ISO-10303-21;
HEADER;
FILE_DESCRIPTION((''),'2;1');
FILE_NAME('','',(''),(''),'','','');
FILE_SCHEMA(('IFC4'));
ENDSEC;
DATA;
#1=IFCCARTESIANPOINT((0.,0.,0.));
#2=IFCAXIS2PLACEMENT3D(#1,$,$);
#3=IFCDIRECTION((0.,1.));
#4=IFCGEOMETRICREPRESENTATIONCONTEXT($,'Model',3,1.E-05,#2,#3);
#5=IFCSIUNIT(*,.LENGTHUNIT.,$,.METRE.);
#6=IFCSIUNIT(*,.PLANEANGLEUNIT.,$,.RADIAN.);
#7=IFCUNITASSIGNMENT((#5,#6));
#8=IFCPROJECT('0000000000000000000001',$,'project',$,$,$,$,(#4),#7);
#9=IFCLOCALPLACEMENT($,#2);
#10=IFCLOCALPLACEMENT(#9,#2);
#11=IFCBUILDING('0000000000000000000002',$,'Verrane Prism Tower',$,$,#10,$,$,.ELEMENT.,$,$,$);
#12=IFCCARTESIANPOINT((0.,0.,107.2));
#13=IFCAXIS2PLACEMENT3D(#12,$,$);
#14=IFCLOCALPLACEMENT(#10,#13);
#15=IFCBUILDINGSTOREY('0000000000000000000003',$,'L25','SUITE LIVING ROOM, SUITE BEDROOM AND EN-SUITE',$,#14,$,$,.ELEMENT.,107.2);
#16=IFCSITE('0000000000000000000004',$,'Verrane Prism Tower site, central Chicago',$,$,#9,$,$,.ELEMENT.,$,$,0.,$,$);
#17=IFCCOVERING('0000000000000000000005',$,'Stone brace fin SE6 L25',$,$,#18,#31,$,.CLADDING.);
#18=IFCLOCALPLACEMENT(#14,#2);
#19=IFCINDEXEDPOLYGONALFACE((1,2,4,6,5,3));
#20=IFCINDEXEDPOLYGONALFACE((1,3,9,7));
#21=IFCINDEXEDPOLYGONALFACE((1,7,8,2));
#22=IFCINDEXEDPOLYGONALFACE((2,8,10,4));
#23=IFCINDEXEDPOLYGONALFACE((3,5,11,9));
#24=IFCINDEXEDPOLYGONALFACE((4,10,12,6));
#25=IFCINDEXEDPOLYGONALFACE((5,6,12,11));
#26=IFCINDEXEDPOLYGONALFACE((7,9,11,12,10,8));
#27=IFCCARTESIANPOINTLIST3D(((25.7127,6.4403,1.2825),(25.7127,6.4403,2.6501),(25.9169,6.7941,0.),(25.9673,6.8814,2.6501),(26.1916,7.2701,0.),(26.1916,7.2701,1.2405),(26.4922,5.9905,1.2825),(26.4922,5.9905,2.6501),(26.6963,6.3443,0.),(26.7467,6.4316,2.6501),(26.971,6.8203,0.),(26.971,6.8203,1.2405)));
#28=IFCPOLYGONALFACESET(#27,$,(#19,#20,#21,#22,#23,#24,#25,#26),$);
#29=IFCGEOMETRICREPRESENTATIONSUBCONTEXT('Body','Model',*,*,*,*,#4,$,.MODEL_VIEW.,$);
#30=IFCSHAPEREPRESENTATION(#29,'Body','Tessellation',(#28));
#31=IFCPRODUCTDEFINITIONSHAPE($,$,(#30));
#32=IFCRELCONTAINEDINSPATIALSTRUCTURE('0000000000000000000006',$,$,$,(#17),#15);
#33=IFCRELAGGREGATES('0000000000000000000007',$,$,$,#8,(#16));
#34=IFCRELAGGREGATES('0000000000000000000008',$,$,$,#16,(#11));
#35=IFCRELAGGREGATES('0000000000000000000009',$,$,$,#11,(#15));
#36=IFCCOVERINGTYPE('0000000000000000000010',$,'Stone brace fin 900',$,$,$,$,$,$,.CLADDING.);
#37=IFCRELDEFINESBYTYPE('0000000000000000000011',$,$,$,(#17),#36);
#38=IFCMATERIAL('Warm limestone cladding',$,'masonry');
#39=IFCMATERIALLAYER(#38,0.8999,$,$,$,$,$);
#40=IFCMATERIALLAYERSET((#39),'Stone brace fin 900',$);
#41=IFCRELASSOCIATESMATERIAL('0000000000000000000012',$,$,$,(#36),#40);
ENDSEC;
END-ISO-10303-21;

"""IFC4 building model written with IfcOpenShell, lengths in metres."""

from ifc_helpers import new_model, si_unit, direction, frame, origin, place, context, subcontext, project, spatial, polyline, outline, extrude, material, layer, layer_set, type_object, element, save


model = new_model("IFC4")

# Units and contexts
model_context = context("Model", 3, precision=1e-05, world=origin(), true_north=direction((0.0, 1.0)))
body_context = subcontext(model_context, "Body", "Model", "MODEL_VIEW")
ifc_project = project(units=[si_unit("LENGTHUNIT", "METRE"), si_unit("PLANEANGLEUNIT", "RADIAN")], contexts=[model_context])

# Site, building, storey
site_placement = place(None, origin())
site = spatial("IfcSite", under=ifc_project, at=site_placement, Name="Verrane Prism Tower site, central Chicago", CompositionType="ELEMENT", RefElevation=0.0)
building_placement = place(site_placement, origin())
building = spatial("IfcBuilding", under=site, at=building_placement, Name="Verrane Prism Tower", CompositionType="ELEMENT")
storey_placement = place(building_placement, frame((0.0, 0.0, 107.2)))
storey = spatial("IfcBuildingStorey", under=building, at=storey_placement, Name="L25", Description="SUITE LIVING ROOM, SUITE BEDROOM AND EN-SUITE", CompositionType="ELEMENT", Elevation=107.2)

# Covering
ifc_material_1 = material(Name="Warm limestone cladding", Category="masonry")
ifc_layer_1 = layer(ifc_material_1, 0.8999)
ifc_layer_set_1 = layer_set([ifc_layer_1], Name="Stone brace fin 900")
covering_type = type_object("IfcCoveringType", Name="Stone brace fin 900", PredefinedType="CLADDING", material=ifc_layer_set_1)
covering_placement = place(storey_placement, frame((26.5813, 7.0452, 0.0), z_axis=(0.0, 0.0, 1.0), x_axis=(-0.49984, -0.866118, 0.0)))
element("IfcCovering", 1, at=covering_placement, inside=storey, type_object=covering_type, Name="Stone brace fin SE6 L25", PredefinedType="CLADDING", context=body_context, shape_type="SweptSolid", body=[
    extrude(outline(polyline([(0.958, 2.6501), (0.4487, 2.6501), (0.0, 1.2405), (0.0, 0.0), (0.5496, 0.0), (0.958, 1.2825), (0.958, 2.6501)])), frame((0.0, 0.45, 0.0), z_axis=(0.0, -1.0, 0.0), x_axis=(1.0, 0.0, 0.0)), (0.0, 0.0, 1.0), 0.8999),
])

save(model, "model.ifc")
